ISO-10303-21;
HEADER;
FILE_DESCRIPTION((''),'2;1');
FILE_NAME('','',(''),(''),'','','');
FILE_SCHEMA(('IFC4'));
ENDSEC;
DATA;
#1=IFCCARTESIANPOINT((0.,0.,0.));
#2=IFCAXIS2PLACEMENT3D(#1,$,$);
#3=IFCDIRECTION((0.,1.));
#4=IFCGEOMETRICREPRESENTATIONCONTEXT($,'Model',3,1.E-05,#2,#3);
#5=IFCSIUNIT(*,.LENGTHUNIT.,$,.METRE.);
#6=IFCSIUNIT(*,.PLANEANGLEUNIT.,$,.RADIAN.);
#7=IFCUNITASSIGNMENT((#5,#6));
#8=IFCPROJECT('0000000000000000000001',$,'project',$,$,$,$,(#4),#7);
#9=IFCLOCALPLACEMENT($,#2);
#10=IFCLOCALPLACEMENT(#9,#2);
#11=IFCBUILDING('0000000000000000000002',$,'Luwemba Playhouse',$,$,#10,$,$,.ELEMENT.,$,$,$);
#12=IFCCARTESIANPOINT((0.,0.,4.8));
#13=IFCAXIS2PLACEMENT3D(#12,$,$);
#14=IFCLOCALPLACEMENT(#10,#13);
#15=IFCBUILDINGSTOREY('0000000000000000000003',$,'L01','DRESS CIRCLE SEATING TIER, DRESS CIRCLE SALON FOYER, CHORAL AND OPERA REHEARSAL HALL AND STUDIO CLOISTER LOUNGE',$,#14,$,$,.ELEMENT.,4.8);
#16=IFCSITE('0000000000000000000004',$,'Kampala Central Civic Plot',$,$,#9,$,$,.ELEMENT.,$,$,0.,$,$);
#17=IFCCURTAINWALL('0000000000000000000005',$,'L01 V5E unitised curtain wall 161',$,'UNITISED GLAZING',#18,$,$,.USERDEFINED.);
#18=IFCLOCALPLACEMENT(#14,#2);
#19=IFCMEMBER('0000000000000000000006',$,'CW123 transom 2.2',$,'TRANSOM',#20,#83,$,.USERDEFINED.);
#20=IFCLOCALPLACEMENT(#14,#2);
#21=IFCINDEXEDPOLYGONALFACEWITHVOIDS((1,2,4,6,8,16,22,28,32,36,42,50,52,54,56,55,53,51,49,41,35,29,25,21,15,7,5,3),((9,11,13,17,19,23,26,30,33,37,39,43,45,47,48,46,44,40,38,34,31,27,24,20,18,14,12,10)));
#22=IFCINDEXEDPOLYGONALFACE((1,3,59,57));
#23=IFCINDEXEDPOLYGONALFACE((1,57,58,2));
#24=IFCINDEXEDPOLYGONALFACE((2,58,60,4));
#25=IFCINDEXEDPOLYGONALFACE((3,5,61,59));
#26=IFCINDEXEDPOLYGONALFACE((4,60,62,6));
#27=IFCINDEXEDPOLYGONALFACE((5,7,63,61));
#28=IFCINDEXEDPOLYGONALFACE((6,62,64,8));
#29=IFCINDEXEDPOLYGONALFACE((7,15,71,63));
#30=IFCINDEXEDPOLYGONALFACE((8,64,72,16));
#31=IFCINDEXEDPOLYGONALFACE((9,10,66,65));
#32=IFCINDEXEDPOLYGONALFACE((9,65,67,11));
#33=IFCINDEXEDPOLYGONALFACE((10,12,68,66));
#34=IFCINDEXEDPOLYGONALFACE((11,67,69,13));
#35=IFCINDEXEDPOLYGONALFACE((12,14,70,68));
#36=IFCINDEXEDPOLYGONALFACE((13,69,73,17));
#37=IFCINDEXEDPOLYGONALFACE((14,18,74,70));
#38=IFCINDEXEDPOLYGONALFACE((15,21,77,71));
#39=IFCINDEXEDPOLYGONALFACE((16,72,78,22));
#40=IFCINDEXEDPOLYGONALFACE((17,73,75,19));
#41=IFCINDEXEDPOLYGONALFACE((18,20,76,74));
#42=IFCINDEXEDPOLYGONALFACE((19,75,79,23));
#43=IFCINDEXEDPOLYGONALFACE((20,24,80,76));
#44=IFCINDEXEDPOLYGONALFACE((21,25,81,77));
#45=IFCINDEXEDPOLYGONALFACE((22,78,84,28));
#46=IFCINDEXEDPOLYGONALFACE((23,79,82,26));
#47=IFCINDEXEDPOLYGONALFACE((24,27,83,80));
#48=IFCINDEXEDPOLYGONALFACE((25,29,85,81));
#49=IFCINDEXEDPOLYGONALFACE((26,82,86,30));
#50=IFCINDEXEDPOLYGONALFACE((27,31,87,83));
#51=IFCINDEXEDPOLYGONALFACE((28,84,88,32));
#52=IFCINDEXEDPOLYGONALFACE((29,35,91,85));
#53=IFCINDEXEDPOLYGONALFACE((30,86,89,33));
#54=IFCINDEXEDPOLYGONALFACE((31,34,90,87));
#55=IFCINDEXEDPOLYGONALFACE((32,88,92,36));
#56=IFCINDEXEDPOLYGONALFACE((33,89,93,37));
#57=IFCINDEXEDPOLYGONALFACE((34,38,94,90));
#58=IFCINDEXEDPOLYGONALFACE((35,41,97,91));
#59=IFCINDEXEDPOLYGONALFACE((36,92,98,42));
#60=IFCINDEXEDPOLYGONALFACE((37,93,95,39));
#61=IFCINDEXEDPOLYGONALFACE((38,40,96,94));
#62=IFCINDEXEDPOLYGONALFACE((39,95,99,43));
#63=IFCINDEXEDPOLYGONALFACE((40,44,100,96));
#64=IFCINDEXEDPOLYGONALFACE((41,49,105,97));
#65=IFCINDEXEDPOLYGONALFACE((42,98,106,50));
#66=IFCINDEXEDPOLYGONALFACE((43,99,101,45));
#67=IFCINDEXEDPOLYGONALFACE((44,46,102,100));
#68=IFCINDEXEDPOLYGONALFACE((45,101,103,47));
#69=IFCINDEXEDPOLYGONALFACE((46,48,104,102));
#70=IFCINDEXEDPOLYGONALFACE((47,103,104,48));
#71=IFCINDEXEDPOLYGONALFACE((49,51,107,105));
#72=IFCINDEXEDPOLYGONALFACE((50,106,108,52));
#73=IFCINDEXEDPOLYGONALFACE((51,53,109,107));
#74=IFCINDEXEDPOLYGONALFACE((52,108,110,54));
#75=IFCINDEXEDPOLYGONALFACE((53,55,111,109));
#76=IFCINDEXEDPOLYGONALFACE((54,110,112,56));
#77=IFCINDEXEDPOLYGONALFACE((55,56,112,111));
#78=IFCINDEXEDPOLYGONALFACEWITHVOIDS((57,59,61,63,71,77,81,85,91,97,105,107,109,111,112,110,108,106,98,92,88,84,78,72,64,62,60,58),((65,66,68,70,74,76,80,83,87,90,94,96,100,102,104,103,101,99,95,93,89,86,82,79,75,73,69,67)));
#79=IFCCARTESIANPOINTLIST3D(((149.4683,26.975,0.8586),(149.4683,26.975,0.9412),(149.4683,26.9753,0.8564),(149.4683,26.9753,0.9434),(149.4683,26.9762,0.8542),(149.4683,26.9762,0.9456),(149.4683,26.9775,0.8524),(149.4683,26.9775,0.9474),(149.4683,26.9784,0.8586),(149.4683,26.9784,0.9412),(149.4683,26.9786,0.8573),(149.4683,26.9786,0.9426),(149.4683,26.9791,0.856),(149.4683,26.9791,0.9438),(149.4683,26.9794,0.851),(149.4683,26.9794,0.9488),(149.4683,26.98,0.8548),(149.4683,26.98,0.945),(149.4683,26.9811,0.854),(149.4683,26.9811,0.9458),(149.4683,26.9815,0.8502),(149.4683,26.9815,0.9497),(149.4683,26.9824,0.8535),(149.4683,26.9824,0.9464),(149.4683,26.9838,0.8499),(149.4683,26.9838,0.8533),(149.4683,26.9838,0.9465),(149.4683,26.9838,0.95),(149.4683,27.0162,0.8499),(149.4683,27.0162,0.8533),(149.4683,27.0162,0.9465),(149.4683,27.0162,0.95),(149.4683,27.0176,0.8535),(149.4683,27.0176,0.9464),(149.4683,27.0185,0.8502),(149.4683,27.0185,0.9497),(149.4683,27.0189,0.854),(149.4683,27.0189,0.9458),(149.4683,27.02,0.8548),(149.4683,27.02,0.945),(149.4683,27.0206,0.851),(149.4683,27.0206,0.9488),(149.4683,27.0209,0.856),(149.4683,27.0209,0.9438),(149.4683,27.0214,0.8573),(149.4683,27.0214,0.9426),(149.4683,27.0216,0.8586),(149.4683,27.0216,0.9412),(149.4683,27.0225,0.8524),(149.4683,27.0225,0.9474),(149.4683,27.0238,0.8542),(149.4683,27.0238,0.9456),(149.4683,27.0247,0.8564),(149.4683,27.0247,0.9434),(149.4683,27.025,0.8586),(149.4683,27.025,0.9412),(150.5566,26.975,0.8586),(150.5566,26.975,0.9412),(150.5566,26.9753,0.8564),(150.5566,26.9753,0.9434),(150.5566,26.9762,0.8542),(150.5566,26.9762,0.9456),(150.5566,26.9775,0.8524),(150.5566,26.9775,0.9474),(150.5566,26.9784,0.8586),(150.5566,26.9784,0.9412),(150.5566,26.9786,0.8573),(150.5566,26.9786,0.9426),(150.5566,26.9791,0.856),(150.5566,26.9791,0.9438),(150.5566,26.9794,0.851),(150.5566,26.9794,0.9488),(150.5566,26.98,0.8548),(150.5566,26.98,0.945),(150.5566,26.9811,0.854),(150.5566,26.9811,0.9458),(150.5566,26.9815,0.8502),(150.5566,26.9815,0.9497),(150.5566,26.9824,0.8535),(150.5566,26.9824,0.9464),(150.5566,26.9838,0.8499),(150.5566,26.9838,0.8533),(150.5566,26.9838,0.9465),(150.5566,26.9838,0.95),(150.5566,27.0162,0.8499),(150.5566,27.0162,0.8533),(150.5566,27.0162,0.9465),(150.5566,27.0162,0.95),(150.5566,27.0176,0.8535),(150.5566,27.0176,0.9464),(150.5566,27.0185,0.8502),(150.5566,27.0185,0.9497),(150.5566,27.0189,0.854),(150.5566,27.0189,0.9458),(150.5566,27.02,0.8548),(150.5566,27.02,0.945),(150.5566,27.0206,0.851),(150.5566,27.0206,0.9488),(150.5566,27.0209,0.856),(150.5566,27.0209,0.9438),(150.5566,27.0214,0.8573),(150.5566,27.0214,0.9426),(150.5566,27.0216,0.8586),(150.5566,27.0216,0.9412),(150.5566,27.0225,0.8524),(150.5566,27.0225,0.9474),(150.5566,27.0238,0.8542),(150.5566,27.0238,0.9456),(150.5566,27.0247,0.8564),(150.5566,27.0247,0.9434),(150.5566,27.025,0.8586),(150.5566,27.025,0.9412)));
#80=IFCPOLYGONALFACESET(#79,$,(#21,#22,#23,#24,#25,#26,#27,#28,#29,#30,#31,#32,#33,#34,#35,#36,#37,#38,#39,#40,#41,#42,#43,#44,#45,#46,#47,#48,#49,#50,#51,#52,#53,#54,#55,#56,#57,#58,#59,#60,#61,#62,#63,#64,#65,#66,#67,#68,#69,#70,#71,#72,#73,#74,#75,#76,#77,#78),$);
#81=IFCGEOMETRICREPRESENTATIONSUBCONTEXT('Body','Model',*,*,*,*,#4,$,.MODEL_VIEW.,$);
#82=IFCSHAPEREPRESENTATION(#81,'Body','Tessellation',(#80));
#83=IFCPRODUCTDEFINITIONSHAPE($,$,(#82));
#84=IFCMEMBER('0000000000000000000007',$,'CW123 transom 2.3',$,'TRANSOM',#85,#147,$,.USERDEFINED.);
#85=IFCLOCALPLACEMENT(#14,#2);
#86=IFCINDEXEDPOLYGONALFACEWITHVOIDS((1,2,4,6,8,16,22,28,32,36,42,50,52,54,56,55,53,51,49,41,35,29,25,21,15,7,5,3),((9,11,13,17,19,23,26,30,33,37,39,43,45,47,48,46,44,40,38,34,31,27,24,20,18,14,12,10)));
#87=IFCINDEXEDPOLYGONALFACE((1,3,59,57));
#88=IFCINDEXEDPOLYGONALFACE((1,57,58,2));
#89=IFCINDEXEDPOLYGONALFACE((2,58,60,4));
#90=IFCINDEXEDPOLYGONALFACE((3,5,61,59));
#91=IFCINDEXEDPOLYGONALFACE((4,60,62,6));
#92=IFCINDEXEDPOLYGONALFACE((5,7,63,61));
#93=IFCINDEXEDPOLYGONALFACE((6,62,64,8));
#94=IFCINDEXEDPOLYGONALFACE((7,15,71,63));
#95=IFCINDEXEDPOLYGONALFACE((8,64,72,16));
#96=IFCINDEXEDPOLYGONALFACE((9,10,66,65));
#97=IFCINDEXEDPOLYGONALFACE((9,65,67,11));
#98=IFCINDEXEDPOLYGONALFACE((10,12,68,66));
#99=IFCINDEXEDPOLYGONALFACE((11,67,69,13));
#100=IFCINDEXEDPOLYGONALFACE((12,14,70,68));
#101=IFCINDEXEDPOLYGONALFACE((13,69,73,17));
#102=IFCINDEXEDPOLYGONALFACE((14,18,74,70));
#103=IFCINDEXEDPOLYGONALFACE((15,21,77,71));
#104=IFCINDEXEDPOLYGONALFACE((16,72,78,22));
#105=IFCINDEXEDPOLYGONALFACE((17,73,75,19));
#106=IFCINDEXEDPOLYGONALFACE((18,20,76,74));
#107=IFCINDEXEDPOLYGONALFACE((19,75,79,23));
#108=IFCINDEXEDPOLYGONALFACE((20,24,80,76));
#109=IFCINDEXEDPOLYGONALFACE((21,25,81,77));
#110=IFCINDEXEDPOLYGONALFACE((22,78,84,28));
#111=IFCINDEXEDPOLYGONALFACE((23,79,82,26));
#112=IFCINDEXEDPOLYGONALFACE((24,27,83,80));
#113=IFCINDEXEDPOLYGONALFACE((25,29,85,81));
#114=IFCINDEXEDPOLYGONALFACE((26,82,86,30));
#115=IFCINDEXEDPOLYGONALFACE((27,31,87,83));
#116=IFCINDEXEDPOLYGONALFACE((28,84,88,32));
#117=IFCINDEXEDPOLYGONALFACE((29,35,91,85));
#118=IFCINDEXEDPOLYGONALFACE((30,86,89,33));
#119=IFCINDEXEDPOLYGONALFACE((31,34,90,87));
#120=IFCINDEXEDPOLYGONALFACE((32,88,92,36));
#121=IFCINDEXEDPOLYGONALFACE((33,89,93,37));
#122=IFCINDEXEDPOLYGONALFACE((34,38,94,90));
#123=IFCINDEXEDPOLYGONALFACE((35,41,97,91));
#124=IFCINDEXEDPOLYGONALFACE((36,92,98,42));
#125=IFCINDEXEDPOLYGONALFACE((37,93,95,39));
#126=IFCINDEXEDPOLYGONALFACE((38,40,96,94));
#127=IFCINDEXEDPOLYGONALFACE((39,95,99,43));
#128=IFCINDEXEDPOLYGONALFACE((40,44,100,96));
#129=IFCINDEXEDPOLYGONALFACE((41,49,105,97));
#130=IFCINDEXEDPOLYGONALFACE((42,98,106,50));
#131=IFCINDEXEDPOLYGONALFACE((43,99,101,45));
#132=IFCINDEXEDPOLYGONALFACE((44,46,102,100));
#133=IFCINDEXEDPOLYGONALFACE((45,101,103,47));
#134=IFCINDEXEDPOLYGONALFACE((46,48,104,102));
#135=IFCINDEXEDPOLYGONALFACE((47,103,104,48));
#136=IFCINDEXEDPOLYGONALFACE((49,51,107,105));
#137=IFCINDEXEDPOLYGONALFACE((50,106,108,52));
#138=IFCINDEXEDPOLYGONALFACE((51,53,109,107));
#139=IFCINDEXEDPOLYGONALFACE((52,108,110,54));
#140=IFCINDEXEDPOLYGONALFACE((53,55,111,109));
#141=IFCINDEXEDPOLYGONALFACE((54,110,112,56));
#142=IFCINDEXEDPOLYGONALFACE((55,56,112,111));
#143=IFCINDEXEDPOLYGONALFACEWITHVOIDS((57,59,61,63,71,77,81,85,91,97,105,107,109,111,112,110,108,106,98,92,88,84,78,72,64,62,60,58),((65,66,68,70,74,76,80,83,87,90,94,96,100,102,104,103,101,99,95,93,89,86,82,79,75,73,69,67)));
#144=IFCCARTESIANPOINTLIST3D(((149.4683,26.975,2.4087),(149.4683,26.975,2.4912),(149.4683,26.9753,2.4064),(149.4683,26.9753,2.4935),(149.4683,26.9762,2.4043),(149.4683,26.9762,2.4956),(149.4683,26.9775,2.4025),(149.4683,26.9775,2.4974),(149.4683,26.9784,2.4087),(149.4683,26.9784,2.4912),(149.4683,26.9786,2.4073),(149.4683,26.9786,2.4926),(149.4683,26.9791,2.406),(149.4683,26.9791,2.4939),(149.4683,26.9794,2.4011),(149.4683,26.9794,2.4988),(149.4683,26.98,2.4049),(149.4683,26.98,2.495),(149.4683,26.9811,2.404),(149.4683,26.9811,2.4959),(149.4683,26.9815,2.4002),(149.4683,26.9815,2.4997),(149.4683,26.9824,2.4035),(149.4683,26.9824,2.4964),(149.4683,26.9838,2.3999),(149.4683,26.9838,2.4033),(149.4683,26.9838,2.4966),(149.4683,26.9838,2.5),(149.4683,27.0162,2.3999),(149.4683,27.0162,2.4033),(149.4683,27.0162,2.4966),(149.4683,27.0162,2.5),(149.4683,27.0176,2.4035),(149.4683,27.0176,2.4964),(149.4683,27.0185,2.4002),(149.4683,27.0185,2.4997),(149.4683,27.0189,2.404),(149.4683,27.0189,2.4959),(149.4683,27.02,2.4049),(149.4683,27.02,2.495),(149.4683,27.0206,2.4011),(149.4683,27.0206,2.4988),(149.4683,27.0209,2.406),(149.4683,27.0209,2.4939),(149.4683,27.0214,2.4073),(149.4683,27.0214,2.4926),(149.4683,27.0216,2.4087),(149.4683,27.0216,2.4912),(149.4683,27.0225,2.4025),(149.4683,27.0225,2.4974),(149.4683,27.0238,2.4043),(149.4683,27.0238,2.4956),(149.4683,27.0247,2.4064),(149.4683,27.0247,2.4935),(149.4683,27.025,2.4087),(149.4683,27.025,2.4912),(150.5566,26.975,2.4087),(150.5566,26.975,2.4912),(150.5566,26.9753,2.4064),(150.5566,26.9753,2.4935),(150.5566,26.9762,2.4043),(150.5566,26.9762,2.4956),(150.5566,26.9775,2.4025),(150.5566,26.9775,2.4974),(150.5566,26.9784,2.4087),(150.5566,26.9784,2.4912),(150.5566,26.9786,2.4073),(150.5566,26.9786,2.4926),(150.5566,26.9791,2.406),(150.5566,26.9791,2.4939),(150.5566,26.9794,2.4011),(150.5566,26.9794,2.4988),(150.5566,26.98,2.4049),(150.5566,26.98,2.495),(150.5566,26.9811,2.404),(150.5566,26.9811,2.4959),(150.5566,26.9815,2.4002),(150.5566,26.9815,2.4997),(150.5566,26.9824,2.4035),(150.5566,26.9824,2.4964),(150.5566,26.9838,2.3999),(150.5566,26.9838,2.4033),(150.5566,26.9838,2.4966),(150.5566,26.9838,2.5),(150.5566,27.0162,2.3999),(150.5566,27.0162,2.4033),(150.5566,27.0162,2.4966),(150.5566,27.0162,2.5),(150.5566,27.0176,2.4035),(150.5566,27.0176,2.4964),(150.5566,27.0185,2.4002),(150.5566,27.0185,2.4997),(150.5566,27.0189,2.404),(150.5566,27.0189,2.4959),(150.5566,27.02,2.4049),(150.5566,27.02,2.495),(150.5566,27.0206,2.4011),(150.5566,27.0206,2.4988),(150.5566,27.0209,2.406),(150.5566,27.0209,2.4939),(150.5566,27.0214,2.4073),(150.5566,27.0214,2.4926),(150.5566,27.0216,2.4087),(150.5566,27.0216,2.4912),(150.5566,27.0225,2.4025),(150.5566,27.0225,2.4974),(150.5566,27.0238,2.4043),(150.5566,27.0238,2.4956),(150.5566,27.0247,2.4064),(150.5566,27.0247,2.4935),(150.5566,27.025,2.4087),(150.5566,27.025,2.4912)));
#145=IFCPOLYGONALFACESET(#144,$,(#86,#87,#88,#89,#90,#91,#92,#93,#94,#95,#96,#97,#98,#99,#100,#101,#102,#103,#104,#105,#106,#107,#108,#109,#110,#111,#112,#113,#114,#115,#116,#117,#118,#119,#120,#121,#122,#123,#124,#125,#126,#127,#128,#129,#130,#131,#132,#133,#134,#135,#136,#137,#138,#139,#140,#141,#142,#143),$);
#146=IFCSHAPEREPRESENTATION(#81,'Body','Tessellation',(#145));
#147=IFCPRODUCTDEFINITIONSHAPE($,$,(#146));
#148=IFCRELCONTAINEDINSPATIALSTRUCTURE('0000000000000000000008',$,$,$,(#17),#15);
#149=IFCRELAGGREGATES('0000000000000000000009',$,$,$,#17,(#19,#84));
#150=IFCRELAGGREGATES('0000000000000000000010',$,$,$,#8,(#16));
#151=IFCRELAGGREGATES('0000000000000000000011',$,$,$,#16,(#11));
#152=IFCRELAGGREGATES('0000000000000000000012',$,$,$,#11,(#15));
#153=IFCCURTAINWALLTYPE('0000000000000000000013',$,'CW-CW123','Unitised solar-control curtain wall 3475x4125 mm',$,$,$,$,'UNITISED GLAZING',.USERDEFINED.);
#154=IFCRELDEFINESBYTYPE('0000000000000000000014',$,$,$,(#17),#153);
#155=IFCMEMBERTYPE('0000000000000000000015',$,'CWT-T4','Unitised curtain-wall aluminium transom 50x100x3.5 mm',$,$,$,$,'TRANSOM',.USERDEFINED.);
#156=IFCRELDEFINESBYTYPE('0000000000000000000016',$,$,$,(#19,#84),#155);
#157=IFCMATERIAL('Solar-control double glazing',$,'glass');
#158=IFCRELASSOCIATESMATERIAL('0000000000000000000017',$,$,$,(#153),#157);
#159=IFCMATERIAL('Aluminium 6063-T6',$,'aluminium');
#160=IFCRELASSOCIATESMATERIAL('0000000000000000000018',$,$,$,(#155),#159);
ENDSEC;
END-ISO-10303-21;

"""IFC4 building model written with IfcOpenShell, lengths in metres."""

from ifc_helpers import new_model, si_unit, direction, frame, origin, origin_2d, place, context, subcontext, project, spatial, hollow_rectangle, extrude, material, material_profile, profile_set, type_object, element, aggregate, save


model = new_model("IFC4")

# Units and contexts
model_context = context("Model", 3, precision=1e-05, world=origin(), true_north=direction((0.0, 1.0)))
body_context = subcontext(model_context, "Body", "Model", "MODEL_VIEW")
ifc_project = project(units=[si_unit("LENGTHUNIT", "METRE"), si_unit("PLANEANGLEUNIT", "RADIAN")], contexts=[model_context])

# Site, building, storey
site_placement = place(None, origin())
site = spatial("IfcSite", under=ifc_project, at=site_placement, Name="Kampala Central Civic Plot", CompositionType="ELEMENT", RefElevation=0.0)
building_placement = place(site_placement, origin())
building = spatial("IfcBuilding", under=site, at=building_placement, Name="Luwemba Playhouse", CompositionType="ELEMENT")
storey_placement = place(building_placement, frame((0.0, 0.0, 4.8)))
storey = spatial("IfcBuildingStorey", under=building, at=storey_placement, Name="L01", Description="DRESS CIRCLE SEATING TIER, DRESS CIRCLE SALON FOYER, CHORAL AND OPERA REHEARSAL HALL AND STUDIO CLOISTER LOUNGE", CompositionType="ELEMENT", Elevation=4.8)

# Curtain wall, members
ifc_material_1 = material(Name="Solar-control double glazing", Category="glass")
curtain_wall_type = type_object("IfcCurtainWallType", Name="CW-CW123", Description="Unitised solar-control curtain wall 3475x4125 mm", ElementType="UNITISED GLAZING", PredefinedType="USERDEFINED", material=ifc_material_1)
curtain_wall_placement = place(storey_placement, origin())
curtain_wall = element("IfcCurtainWall", 1, at=curtain_wall_placement, inside=storey, type_object=curtain_wall_type, Name="L01 V5E unitised curtain wall 161", ObjectType="UNITISED GLAZING", PredefinedType="USERDEFINED")
ifc_material_2 = material(Name="Aluminium 6063-T6", Category="aluminium")
ifc_material_profile_1 = material_profile(ifc_material_2, hollow_rectangle(XDim=0.05, YDim=0.1001, WallThickness=0.0034, InnerFilletRadius=0.0054, OuterFilletRadius=0.0088, at=origin_2d()))
ifc_profile_set_1 = profile_set([ifc_material_profile_1], Name="Aluminium 6063-T6")
member_type_1 = type_object("IfcMemberType", Name="CWT-T4", Description="Unitised curtain-wall aluminium transom 50x100x3.5 mm", ElementType="TRANSOM", PredefinedType="USERDEFINED", material=ifc_profile_set_1)
member_1_placement = place(storey_placement, frame((149.4683, 27.0, 0.8999), z_axis=(1.0, 0.0, 0.0), x_axis=(0.0, 1.0, 0.0)))
member_1 = element("IfcMember", 2, at=member_1_placement, type_object=member_type_1, Name="CW123 transom 2.2", ObjectType="TRANSOM", PredefinedType="USERDEFINED", context=body_context, shape_type="SweptSolid", body=[
    extrude(hollow_rectangle(XDim=0.05, YDim=0.1001, WallThickness=0.0034, InnerFilletRadius=0.0054, OuterFilletRadius=0.0088, at=origin_2d()), origin(), (0.0, 0.0, 1.0), 1.0884),
])
member_2_placement = place(storey_placement, frame((149.4683, 27.0, 2.45), z_axis=(1.0, 0.0, 0.0), x_axis=(0.0, 1.0, 0.0)))
member_2 = element("IfcMember", 3, at=member_2_placement, type_object=member_type_1, Name="CW123 transom 2.3", ObjectType="TRANSOM", PredefinedType="USERDEFINED", context=body_context, shape_type="SweptSolid", body=[
    extrude(hollow_rectangle(XDim=0.05, YDim=0.1001, WallThickness=0.0034, InnerFilletRadius=0.0054, OuterFilletRadius=0.0088, at=origin_2d()), origin(), (0.0, 0.0, 1.0), 1.0884),
])

aggregate(curtain_wall, [member_1, member_2])

save(model, "model.ifc")
